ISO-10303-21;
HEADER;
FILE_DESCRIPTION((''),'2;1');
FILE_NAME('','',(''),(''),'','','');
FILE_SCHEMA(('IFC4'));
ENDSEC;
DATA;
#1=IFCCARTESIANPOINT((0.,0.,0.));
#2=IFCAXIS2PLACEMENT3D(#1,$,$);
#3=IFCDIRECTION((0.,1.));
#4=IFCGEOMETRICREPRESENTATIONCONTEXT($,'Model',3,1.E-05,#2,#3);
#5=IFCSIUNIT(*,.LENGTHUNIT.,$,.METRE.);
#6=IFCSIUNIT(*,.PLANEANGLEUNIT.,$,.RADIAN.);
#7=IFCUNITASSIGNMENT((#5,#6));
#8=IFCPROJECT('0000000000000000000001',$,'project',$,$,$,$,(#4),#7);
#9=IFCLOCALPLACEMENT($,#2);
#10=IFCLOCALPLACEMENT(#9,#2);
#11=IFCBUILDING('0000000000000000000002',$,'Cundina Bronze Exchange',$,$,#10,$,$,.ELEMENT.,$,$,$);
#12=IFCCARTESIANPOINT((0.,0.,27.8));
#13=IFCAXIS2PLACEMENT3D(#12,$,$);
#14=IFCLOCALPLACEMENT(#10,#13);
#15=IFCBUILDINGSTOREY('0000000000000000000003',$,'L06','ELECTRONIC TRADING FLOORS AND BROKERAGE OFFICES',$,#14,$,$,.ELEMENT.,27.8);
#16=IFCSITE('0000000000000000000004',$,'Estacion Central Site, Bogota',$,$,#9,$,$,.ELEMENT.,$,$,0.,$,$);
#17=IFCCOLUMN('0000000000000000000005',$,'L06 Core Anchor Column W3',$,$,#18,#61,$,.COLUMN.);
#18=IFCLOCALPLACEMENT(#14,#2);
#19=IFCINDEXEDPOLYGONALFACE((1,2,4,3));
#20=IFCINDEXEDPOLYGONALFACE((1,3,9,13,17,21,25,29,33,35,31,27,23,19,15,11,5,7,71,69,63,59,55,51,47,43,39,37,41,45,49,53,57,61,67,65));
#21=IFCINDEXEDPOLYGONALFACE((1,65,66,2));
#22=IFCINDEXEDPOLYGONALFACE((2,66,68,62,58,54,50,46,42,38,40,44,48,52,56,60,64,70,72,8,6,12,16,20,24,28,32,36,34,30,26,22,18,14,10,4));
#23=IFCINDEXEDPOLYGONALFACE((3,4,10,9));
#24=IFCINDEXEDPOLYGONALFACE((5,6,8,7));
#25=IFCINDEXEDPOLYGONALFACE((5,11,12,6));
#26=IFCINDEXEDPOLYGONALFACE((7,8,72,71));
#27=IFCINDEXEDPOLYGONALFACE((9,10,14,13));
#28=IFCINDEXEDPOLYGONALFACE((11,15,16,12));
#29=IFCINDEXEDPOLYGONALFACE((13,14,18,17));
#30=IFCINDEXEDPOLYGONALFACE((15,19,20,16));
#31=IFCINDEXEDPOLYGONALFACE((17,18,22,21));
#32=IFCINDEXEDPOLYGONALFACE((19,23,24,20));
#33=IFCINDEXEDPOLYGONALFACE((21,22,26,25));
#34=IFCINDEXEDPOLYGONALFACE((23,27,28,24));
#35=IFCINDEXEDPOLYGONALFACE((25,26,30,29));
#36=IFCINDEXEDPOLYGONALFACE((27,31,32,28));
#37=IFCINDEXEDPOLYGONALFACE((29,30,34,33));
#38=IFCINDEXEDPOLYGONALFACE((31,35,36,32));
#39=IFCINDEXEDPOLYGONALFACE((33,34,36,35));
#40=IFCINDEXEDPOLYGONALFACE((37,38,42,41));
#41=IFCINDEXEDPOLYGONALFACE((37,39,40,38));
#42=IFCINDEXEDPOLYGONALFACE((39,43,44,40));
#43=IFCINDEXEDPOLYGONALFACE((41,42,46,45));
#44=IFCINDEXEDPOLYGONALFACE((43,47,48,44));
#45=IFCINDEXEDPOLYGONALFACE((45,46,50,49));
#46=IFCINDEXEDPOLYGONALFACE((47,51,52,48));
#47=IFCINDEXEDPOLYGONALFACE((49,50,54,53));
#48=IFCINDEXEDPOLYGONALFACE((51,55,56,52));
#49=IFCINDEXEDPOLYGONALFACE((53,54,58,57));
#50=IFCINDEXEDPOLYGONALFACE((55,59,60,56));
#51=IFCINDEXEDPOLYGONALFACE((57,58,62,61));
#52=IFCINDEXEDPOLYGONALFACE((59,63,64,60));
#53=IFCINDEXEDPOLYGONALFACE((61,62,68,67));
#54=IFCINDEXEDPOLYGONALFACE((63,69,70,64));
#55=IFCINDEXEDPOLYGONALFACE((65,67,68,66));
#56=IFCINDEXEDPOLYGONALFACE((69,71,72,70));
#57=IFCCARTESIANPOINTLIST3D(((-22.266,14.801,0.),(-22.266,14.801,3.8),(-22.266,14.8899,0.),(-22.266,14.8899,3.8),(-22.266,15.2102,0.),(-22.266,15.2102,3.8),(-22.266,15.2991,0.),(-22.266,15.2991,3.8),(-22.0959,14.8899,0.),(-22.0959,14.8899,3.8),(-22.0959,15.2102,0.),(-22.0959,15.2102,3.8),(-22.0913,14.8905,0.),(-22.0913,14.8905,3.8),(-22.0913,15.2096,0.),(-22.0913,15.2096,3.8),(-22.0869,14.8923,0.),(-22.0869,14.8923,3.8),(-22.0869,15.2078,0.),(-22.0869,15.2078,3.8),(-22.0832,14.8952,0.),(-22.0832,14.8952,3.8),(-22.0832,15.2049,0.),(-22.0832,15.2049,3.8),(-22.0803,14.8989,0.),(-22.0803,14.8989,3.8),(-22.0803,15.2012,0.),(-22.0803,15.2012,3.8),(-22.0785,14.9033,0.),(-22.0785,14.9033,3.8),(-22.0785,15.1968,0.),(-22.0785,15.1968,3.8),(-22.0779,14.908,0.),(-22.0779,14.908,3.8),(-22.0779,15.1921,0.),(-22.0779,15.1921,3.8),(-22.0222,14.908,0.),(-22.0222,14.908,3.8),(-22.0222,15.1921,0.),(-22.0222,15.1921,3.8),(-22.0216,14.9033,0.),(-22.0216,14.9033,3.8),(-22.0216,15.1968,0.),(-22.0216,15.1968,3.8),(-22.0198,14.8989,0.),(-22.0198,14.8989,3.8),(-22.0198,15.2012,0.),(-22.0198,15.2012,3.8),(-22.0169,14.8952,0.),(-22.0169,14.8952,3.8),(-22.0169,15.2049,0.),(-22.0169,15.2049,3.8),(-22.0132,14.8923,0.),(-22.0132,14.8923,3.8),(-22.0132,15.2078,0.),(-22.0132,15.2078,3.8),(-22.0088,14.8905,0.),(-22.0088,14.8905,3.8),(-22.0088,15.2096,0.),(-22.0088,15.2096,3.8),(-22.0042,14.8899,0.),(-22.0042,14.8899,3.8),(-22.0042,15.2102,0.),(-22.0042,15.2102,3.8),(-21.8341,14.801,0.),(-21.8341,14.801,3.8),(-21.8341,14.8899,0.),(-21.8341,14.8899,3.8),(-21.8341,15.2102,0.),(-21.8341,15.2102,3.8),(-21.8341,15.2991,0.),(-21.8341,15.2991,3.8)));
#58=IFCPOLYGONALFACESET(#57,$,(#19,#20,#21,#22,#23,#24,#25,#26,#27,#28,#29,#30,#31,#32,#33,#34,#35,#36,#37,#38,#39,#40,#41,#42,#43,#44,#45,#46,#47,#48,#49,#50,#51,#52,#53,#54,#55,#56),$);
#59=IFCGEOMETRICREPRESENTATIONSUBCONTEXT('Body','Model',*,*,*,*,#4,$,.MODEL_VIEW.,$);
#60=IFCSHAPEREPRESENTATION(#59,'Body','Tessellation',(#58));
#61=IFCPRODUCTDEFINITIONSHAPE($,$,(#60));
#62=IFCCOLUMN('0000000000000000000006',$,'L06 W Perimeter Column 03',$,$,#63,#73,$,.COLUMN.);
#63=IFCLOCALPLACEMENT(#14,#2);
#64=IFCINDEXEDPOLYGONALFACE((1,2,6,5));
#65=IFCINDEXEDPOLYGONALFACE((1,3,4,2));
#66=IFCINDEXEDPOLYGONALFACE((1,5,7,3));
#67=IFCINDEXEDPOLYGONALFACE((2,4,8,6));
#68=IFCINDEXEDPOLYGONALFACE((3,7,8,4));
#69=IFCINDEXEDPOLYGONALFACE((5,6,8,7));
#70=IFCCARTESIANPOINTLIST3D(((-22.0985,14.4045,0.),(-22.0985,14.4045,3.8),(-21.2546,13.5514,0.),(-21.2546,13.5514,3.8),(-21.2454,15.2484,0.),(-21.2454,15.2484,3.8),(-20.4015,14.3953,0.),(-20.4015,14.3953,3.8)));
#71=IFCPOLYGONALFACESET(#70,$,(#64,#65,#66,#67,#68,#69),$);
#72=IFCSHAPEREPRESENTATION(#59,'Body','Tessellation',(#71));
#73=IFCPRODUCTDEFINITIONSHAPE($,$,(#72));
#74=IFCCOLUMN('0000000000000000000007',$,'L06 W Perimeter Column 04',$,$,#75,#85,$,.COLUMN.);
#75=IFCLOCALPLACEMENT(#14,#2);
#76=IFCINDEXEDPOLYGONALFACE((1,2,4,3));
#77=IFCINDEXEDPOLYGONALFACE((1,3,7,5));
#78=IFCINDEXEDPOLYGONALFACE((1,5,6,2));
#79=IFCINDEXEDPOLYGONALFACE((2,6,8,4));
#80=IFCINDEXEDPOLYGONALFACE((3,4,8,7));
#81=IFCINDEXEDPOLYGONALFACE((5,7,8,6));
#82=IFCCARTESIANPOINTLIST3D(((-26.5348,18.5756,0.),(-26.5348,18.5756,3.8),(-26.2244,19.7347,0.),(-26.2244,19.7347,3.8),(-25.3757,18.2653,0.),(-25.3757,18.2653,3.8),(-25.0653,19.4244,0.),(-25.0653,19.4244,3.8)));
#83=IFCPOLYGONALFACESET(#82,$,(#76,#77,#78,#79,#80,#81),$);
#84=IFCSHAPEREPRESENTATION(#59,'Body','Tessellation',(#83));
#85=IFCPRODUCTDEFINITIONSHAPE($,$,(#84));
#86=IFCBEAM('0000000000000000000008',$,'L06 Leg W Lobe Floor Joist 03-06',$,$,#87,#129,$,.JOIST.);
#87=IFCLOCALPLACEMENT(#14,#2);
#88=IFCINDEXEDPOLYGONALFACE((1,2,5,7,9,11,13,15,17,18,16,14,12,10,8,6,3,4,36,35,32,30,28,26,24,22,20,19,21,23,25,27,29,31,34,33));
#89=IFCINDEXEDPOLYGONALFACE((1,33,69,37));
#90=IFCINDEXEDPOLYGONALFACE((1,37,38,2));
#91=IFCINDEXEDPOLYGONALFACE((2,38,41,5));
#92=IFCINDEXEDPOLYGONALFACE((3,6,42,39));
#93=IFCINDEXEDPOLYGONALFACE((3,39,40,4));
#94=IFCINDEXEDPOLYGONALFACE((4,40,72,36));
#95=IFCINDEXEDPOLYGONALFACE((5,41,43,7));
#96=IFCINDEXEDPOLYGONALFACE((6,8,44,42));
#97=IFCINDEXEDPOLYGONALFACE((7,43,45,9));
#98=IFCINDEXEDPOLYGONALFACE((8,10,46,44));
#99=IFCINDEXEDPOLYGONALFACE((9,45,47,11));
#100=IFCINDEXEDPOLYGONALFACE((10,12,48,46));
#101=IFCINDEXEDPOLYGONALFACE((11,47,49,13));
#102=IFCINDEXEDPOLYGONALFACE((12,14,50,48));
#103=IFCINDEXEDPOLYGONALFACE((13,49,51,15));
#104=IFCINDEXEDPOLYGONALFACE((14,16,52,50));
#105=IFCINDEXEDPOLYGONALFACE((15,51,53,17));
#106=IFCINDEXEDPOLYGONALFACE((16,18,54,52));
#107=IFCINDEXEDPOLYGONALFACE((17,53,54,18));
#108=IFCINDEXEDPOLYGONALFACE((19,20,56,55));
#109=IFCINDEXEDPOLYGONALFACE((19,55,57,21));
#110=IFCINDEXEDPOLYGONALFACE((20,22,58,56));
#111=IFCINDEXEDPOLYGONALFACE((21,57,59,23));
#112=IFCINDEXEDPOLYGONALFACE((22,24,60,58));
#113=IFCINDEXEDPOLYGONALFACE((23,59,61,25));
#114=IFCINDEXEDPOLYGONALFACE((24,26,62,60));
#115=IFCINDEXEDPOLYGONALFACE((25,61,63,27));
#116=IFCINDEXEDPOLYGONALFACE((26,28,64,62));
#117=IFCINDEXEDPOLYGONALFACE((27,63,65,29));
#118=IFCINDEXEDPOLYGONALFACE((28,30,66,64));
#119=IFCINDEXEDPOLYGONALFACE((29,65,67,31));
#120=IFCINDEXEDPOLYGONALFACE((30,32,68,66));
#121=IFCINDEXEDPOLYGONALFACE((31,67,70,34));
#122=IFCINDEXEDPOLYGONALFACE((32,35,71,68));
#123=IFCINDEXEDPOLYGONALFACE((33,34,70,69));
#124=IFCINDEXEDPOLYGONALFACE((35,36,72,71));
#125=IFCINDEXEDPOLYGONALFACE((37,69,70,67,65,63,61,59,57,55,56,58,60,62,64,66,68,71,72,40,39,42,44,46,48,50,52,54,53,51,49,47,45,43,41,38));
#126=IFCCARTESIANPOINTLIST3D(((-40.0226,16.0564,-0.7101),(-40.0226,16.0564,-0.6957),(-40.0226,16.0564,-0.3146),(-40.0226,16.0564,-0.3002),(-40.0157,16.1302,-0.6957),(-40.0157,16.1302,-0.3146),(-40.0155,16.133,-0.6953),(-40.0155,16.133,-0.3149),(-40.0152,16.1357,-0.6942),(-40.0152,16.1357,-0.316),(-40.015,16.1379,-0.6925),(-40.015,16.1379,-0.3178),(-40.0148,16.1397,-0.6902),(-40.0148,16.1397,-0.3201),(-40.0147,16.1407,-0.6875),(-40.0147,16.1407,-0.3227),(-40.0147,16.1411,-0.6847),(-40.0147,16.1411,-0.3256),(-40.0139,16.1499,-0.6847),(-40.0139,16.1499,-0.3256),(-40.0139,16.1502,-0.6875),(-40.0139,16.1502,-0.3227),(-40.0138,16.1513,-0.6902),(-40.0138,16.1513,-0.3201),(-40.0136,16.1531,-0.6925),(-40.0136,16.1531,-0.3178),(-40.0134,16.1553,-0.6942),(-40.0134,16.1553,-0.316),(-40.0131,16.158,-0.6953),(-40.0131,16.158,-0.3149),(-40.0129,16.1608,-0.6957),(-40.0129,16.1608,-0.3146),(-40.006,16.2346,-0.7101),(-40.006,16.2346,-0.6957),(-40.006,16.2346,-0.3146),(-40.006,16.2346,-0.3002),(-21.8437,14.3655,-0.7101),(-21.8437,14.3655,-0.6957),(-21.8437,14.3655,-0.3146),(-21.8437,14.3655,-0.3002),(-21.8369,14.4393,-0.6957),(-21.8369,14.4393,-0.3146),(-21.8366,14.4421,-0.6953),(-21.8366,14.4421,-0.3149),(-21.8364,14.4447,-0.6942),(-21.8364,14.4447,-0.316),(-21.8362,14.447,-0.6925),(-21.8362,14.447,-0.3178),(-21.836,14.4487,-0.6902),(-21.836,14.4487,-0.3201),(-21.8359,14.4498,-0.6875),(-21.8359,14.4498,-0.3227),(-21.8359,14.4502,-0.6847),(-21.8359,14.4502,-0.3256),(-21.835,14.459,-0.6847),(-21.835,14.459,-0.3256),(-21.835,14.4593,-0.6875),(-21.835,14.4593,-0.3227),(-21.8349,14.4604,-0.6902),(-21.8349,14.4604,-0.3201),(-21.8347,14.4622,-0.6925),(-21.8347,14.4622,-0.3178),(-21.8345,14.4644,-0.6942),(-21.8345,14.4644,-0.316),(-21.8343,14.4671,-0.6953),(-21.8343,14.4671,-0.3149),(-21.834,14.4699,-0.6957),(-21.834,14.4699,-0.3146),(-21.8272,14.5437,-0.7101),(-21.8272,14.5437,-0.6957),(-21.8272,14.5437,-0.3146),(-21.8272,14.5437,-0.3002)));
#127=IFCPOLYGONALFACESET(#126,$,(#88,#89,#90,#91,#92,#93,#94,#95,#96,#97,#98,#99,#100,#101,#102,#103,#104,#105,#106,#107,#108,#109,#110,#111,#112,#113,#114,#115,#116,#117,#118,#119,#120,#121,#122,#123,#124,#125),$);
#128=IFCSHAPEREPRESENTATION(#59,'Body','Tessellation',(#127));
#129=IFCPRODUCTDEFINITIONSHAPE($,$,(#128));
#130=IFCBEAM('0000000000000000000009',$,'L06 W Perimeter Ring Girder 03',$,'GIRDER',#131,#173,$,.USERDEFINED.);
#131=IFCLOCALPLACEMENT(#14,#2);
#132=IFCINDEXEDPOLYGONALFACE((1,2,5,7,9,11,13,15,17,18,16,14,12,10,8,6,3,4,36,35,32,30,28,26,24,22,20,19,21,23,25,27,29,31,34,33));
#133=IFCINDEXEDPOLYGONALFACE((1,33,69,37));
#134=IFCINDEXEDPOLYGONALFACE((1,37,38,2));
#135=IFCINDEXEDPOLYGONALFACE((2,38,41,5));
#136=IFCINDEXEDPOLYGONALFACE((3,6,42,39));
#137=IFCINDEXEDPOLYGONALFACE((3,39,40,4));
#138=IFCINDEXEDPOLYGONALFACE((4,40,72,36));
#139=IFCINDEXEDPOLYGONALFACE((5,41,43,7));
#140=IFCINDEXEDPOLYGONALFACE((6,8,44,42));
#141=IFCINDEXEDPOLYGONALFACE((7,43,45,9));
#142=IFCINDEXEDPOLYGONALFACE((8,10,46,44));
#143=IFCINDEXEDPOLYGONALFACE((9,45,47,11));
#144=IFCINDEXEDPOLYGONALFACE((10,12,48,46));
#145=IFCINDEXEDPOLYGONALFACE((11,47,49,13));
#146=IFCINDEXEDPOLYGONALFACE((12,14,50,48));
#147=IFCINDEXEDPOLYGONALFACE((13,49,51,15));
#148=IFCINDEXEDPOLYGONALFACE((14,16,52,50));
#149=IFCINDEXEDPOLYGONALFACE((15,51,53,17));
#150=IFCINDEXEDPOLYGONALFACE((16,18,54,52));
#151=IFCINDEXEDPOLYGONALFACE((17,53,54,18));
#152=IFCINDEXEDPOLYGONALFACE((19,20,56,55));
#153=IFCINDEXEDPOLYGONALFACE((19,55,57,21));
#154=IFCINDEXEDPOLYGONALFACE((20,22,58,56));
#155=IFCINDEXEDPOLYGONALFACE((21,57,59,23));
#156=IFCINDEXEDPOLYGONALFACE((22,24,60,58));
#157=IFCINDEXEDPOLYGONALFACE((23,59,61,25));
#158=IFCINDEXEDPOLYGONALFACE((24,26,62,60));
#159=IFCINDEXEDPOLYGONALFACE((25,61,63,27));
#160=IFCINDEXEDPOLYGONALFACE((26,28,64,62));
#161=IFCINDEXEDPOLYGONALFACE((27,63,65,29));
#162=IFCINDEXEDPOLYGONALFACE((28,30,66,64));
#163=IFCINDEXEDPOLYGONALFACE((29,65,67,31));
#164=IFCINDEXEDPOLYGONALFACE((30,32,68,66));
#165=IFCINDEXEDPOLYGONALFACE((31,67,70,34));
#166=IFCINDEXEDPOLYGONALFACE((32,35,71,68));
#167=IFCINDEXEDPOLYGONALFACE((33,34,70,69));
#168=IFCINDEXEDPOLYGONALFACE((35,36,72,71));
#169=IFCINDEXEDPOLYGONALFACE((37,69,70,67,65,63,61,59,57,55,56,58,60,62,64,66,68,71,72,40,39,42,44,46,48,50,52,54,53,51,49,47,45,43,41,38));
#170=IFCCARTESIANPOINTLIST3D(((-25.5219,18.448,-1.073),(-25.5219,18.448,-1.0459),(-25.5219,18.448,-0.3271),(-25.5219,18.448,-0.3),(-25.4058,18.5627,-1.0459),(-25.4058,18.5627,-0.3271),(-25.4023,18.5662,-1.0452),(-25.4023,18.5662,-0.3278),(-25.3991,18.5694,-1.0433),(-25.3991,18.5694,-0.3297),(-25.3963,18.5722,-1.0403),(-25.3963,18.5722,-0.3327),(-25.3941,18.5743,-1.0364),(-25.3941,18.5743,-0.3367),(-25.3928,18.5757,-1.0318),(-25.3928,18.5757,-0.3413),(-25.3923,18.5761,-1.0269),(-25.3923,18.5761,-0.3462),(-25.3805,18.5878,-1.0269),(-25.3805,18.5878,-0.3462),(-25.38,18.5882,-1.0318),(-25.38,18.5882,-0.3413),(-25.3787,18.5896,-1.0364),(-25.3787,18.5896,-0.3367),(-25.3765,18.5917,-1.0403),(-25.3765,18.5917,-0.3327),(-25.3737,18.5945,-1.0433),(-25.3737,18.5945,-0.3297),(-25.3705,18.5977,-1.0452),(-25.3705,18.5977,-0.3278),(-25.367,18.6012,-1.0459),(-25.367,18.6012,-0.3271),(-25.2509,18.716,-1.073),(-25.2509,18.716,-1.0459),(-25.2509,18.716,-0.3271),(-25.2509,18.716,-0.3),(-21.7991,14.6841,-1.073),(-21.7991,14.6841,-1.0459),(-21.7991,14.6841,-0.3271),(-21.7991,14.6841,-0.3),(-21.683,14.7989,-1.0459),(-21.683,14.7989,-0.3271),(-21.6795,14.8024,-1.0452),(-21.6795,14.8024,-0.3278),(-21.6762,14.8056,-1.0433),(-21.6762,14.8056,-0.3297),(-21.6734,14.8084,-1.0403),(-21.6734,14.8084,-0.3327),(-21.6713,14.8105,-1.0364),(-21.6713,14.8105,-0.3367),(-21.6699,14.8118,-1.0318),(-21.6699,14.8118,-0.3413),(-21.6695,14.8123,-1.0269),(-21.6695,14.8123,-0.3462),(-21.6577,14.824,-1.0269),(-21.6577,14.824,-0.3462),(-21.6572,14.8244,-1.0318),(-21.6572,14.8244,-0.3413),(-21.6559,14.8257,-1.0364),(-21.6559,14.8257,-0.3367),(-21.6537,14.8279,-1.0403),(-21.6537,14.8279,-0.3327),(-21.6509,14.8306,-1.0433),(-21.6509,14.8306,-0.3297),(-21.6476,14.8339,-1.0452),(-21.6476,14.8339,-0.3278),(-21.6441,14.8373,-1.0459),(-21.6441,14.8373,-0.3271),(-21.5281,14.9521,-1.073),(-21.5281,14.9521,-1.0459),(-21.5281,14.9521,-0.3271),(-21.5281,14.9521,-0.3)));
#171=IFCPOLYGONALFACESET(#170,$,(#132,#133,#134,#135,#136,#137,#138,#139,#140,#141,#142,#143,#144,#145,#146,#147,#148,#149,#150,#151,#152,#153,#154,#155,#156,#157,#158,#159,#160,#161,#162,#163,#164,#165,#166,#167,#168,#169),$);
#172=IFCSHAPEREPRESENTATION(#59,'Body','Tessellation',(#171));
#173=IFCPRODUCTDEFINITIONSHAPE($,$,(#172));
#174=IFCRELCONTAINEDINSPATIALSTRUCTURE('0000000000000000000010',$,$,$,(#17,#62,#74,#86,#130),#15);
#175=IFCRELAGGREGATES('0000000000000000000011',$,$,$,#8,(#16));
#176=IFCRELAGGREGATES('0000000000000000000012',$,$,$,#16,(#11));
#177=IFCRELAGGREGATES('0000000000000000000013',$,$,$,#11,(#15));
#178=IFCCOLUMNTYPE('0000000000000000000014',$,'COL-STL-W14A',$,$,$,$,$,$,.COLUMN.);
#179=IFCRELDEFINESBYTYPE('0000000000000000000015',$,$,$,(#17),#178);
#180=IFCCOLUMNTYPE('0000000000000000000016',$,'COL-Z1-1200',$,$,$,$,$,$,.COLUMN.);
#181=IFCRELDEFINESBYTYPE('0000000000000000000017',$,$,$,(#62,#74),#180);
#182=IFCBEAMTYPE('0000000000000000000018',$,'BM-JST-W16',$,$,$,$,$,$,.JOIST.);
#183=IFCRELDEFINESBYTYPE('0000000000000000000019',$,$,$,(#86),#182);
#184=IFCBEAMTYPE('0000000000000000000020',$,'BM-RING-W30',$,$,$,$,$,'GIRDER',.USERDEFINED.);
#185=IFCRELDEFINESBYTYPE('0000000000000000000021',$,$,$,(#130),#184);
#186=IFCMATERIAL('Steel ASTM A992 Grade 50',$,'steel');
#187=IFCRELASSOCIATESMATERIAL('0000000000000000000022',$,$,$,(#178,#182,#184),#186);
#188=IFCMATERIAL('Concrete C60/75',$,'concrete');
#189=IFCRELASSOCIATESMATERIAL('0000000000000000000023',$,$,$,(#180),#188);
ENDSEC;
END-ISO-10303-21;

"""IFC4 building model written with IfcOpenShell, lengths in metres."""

from ifc_helpers import new_model, si_unit, direction, frame, origin, origin_2d, place, context, subcontext, project, spatial, rectangle, i_section, extrude, material, material_profile, profile_set, type_object, element, save


model = new_model("IFC4")

# Units and contexts
model_context = context("Model", 3, precision=1e-05, world=origin(), true_north=direction((0.0, 1.0)))
body_context = subcontext(model_context, "Body", "Model", "MODEL_VIEW")
ifc_project = project(units=[si_unit("LENGTHUNIT", "METRE"), si_unit("PLANEANGLEUNIT", "RADIAN")], contexts=[model_context])

# Site, building, storey
site_placement = place(None, origin())
site = spatial("IfcSite", under=ifc_project, at=site_placement, Name="Estacion Central Site, Bogota", CompositionType="ELEMENT", RefElevation=0.0)
building_placement = place(site_placement, origin())
building = spatial("IfcBuilding", under=site, at=building_placement, Name="Cundina Bronze Exchange", CompositionType="ELEMENT")
storey_placement = place(building_placement, frame((0.0, 0.0, 27.8)))
storey = spatial("IfcBuildingStorey", under=building, at=storey_placement, Name="L06", Description="ELECTRONIC TRADING FLOORS AND BROKERAGE OFFICES", CompositionType="ELEMENT", Elevation=27.8)

# Columns
ifc_material_1 = material(Name="Steel ASTM A992 Grade 50", Category="steel")
ifc_material_profile_1 = material_profile(ifc_material_1, i_section(OverallWidth=0.4319, OverallDepth=0.498, WebThickness=0.0557, FlangeThickness=0.0889, FilletRadius=0.0181, at=origin_2d()), Name="W14X500", Category="steel")
ifc_profile_set_1 = profile_set([ifc_material_profile_1], Name="Steel ASTM A992 Grade 50")
column_type_1 = type_object("IfcColumnType", Name="COL-STL-W14A", PredefinedType="COLUMN", material=ifc_profile_set_1)
column_placement = place(storey_placement, frame((-22.05, 15.05, 0.0), z_axis=(0.0, 0.0, 1.0), x_axis=(1.0, 0.0, 0.0)))
element("IfcColumn", 1, at=column_placement, inside=storey, type_object=column_type_1, Name="L06 Core Anchor Column W3", PredefinedType="COLUMN", context=body_context, shape_type="SweptSolid", body=[
    extrude(i_section(OverallWidth=0.4319, OverallDepth=0.498, WebThickness=0.0557, FlangeThickness=0.0889, FilletRadius=0.0181, at=origin_2d()), origin(), (0.0, 0.0, 1.0), 3.8),
])
ifc_material_2 = material(Name="Concrete C60/75", Category="concrete")
ifc_material_profile_2 = material_profile(ifc_material_2, rectangle(XDim=1.2, YDim=1.2, at=origin_2d()), Name="RC1200X1200", Category="concrete")
ifc_profile_set_2 = profile_set([ifc_material_profile_2], Name="Concrete C60/75")
column_type_2 = type_object("IfcColumnType", Name="COL-Z1-1200", PredefinedType="COLUMN", material=ifc_profile_set_2)
for number, where, z_axis, x_axis, name in (
    (2, (-21.25, 14.3999, 0.0), (0.0, 0.0, 1.0), (-0.703271, 0.710922, 0.0), "L06 W Perimeter Column 03"),
    (3, (-25.8, 19.0, 0.0), (0.0, 0.0, 1.0), (-0.965971, 0.25865, 0.0), "L06 W Perimeter Column 04"),
):
    element("IfcColumn", number, at=place(storey_placement, frame(where, z_axis=z_axis, x_axis=x_axis)), inside=storey, type_object=column_type_2, Name=name, PredefinedType="COLUMN", context=body_context, shape_type="SweptSolid", body=[
        extrude(rectangle(XDim=1.2, YDim=1.2, at=origin_2d()), origin(), (0.0, 0.0, 1.0), 3.8),
    ])

# Beams
ifc_material_profile_3 = material_profile(ifc_material_1, i_section(OverallWidth=0.179, OverallDepth=0.4099, WebThickness=0.0088, FlangeThickness=0.0144, FilletRadius=0.011, at=origin_2d()), Name="W16X45", Category="steel")
ifc_profile_set_3 = profile_set([ifc_material_profile_3], Name="Steel ASTM A992 Grade 50")
beam_type_1 = type_object("IfcBeamType", Name="BM-JST-W16", PredefinedType="JOIST", material=ifc_profile_set_3)
beam_1_placement = place(storey_placement, frame((-21.8354, 14.4546, -0.5051), z_axis=(-0.995702, 0.092615, 0.0), x_axis=(-0.092615, -0.995702, 0.0)))
element("IfcBeam", 4, at=beam_1_placement, inside=storey, type_object=beam_type_1, Name="L06 Leg W Lobe Floor Joist 03-06", PredefinedType="JOIST", context=body_context, shape_type="SweptSolid", body=[
    extrude(i_section(OverallWidth=0.179, OverallDepth=0.4099, WebThickness=0.0088, FlangeThickness=0.0144, FilletRadius=0.011, at=origin_2d()), origin(), (0.0, 0.0, 1.0), 18.2573),
])
ifc_material_profile_4 = material_profile(ifc_material_1, i_section(OverallWidth=0.3811, OverallDepth=0.7729, WebThickness=0.0166, FlangeThickness=0.0271, FilletRadius=0.019, at=origin_2d()), Name="W30X173", Category="steel")
ifc_profile_set_4 = profile_set([ifc_material_profile_4], Name="Steel ASTM A992 Grade 50")
beam_type_2 = type_object("IfcBeamType", Name="BM-RING-W30", ElementType="GIRDER", PredefinedType="USERDEFINED", material=ifc_profile_set_4)
beam_2_placement = place(storey_placement, frame((-21.6636, 14.8181, -0.6865), z_axis=(-0.703222, 0.71097, 0.0), x_axis=(-0.71097, -0.703222, 0.0)))
element("IfcBeam", 5, at=beam_2_placement, inside=storey, type_object=beam_type_2, Name="L06 W Perimeter Ring Girder 03", ObjectType="GIRDER", PredefinedType="USERDEFINED", context=body_context, shape_type="SweptSolid", body=[
    extrude(i_section(OverallWidth=0.3811, OverallDepth=0.7729, WebThickness=0.0166, FlangeThickness=0.0271, FilletRadius=0.019, at=origin_2d()), origin(), (0.0, 0.0, 1.0), 5.2939),
])

save(model, "model.ifc")
